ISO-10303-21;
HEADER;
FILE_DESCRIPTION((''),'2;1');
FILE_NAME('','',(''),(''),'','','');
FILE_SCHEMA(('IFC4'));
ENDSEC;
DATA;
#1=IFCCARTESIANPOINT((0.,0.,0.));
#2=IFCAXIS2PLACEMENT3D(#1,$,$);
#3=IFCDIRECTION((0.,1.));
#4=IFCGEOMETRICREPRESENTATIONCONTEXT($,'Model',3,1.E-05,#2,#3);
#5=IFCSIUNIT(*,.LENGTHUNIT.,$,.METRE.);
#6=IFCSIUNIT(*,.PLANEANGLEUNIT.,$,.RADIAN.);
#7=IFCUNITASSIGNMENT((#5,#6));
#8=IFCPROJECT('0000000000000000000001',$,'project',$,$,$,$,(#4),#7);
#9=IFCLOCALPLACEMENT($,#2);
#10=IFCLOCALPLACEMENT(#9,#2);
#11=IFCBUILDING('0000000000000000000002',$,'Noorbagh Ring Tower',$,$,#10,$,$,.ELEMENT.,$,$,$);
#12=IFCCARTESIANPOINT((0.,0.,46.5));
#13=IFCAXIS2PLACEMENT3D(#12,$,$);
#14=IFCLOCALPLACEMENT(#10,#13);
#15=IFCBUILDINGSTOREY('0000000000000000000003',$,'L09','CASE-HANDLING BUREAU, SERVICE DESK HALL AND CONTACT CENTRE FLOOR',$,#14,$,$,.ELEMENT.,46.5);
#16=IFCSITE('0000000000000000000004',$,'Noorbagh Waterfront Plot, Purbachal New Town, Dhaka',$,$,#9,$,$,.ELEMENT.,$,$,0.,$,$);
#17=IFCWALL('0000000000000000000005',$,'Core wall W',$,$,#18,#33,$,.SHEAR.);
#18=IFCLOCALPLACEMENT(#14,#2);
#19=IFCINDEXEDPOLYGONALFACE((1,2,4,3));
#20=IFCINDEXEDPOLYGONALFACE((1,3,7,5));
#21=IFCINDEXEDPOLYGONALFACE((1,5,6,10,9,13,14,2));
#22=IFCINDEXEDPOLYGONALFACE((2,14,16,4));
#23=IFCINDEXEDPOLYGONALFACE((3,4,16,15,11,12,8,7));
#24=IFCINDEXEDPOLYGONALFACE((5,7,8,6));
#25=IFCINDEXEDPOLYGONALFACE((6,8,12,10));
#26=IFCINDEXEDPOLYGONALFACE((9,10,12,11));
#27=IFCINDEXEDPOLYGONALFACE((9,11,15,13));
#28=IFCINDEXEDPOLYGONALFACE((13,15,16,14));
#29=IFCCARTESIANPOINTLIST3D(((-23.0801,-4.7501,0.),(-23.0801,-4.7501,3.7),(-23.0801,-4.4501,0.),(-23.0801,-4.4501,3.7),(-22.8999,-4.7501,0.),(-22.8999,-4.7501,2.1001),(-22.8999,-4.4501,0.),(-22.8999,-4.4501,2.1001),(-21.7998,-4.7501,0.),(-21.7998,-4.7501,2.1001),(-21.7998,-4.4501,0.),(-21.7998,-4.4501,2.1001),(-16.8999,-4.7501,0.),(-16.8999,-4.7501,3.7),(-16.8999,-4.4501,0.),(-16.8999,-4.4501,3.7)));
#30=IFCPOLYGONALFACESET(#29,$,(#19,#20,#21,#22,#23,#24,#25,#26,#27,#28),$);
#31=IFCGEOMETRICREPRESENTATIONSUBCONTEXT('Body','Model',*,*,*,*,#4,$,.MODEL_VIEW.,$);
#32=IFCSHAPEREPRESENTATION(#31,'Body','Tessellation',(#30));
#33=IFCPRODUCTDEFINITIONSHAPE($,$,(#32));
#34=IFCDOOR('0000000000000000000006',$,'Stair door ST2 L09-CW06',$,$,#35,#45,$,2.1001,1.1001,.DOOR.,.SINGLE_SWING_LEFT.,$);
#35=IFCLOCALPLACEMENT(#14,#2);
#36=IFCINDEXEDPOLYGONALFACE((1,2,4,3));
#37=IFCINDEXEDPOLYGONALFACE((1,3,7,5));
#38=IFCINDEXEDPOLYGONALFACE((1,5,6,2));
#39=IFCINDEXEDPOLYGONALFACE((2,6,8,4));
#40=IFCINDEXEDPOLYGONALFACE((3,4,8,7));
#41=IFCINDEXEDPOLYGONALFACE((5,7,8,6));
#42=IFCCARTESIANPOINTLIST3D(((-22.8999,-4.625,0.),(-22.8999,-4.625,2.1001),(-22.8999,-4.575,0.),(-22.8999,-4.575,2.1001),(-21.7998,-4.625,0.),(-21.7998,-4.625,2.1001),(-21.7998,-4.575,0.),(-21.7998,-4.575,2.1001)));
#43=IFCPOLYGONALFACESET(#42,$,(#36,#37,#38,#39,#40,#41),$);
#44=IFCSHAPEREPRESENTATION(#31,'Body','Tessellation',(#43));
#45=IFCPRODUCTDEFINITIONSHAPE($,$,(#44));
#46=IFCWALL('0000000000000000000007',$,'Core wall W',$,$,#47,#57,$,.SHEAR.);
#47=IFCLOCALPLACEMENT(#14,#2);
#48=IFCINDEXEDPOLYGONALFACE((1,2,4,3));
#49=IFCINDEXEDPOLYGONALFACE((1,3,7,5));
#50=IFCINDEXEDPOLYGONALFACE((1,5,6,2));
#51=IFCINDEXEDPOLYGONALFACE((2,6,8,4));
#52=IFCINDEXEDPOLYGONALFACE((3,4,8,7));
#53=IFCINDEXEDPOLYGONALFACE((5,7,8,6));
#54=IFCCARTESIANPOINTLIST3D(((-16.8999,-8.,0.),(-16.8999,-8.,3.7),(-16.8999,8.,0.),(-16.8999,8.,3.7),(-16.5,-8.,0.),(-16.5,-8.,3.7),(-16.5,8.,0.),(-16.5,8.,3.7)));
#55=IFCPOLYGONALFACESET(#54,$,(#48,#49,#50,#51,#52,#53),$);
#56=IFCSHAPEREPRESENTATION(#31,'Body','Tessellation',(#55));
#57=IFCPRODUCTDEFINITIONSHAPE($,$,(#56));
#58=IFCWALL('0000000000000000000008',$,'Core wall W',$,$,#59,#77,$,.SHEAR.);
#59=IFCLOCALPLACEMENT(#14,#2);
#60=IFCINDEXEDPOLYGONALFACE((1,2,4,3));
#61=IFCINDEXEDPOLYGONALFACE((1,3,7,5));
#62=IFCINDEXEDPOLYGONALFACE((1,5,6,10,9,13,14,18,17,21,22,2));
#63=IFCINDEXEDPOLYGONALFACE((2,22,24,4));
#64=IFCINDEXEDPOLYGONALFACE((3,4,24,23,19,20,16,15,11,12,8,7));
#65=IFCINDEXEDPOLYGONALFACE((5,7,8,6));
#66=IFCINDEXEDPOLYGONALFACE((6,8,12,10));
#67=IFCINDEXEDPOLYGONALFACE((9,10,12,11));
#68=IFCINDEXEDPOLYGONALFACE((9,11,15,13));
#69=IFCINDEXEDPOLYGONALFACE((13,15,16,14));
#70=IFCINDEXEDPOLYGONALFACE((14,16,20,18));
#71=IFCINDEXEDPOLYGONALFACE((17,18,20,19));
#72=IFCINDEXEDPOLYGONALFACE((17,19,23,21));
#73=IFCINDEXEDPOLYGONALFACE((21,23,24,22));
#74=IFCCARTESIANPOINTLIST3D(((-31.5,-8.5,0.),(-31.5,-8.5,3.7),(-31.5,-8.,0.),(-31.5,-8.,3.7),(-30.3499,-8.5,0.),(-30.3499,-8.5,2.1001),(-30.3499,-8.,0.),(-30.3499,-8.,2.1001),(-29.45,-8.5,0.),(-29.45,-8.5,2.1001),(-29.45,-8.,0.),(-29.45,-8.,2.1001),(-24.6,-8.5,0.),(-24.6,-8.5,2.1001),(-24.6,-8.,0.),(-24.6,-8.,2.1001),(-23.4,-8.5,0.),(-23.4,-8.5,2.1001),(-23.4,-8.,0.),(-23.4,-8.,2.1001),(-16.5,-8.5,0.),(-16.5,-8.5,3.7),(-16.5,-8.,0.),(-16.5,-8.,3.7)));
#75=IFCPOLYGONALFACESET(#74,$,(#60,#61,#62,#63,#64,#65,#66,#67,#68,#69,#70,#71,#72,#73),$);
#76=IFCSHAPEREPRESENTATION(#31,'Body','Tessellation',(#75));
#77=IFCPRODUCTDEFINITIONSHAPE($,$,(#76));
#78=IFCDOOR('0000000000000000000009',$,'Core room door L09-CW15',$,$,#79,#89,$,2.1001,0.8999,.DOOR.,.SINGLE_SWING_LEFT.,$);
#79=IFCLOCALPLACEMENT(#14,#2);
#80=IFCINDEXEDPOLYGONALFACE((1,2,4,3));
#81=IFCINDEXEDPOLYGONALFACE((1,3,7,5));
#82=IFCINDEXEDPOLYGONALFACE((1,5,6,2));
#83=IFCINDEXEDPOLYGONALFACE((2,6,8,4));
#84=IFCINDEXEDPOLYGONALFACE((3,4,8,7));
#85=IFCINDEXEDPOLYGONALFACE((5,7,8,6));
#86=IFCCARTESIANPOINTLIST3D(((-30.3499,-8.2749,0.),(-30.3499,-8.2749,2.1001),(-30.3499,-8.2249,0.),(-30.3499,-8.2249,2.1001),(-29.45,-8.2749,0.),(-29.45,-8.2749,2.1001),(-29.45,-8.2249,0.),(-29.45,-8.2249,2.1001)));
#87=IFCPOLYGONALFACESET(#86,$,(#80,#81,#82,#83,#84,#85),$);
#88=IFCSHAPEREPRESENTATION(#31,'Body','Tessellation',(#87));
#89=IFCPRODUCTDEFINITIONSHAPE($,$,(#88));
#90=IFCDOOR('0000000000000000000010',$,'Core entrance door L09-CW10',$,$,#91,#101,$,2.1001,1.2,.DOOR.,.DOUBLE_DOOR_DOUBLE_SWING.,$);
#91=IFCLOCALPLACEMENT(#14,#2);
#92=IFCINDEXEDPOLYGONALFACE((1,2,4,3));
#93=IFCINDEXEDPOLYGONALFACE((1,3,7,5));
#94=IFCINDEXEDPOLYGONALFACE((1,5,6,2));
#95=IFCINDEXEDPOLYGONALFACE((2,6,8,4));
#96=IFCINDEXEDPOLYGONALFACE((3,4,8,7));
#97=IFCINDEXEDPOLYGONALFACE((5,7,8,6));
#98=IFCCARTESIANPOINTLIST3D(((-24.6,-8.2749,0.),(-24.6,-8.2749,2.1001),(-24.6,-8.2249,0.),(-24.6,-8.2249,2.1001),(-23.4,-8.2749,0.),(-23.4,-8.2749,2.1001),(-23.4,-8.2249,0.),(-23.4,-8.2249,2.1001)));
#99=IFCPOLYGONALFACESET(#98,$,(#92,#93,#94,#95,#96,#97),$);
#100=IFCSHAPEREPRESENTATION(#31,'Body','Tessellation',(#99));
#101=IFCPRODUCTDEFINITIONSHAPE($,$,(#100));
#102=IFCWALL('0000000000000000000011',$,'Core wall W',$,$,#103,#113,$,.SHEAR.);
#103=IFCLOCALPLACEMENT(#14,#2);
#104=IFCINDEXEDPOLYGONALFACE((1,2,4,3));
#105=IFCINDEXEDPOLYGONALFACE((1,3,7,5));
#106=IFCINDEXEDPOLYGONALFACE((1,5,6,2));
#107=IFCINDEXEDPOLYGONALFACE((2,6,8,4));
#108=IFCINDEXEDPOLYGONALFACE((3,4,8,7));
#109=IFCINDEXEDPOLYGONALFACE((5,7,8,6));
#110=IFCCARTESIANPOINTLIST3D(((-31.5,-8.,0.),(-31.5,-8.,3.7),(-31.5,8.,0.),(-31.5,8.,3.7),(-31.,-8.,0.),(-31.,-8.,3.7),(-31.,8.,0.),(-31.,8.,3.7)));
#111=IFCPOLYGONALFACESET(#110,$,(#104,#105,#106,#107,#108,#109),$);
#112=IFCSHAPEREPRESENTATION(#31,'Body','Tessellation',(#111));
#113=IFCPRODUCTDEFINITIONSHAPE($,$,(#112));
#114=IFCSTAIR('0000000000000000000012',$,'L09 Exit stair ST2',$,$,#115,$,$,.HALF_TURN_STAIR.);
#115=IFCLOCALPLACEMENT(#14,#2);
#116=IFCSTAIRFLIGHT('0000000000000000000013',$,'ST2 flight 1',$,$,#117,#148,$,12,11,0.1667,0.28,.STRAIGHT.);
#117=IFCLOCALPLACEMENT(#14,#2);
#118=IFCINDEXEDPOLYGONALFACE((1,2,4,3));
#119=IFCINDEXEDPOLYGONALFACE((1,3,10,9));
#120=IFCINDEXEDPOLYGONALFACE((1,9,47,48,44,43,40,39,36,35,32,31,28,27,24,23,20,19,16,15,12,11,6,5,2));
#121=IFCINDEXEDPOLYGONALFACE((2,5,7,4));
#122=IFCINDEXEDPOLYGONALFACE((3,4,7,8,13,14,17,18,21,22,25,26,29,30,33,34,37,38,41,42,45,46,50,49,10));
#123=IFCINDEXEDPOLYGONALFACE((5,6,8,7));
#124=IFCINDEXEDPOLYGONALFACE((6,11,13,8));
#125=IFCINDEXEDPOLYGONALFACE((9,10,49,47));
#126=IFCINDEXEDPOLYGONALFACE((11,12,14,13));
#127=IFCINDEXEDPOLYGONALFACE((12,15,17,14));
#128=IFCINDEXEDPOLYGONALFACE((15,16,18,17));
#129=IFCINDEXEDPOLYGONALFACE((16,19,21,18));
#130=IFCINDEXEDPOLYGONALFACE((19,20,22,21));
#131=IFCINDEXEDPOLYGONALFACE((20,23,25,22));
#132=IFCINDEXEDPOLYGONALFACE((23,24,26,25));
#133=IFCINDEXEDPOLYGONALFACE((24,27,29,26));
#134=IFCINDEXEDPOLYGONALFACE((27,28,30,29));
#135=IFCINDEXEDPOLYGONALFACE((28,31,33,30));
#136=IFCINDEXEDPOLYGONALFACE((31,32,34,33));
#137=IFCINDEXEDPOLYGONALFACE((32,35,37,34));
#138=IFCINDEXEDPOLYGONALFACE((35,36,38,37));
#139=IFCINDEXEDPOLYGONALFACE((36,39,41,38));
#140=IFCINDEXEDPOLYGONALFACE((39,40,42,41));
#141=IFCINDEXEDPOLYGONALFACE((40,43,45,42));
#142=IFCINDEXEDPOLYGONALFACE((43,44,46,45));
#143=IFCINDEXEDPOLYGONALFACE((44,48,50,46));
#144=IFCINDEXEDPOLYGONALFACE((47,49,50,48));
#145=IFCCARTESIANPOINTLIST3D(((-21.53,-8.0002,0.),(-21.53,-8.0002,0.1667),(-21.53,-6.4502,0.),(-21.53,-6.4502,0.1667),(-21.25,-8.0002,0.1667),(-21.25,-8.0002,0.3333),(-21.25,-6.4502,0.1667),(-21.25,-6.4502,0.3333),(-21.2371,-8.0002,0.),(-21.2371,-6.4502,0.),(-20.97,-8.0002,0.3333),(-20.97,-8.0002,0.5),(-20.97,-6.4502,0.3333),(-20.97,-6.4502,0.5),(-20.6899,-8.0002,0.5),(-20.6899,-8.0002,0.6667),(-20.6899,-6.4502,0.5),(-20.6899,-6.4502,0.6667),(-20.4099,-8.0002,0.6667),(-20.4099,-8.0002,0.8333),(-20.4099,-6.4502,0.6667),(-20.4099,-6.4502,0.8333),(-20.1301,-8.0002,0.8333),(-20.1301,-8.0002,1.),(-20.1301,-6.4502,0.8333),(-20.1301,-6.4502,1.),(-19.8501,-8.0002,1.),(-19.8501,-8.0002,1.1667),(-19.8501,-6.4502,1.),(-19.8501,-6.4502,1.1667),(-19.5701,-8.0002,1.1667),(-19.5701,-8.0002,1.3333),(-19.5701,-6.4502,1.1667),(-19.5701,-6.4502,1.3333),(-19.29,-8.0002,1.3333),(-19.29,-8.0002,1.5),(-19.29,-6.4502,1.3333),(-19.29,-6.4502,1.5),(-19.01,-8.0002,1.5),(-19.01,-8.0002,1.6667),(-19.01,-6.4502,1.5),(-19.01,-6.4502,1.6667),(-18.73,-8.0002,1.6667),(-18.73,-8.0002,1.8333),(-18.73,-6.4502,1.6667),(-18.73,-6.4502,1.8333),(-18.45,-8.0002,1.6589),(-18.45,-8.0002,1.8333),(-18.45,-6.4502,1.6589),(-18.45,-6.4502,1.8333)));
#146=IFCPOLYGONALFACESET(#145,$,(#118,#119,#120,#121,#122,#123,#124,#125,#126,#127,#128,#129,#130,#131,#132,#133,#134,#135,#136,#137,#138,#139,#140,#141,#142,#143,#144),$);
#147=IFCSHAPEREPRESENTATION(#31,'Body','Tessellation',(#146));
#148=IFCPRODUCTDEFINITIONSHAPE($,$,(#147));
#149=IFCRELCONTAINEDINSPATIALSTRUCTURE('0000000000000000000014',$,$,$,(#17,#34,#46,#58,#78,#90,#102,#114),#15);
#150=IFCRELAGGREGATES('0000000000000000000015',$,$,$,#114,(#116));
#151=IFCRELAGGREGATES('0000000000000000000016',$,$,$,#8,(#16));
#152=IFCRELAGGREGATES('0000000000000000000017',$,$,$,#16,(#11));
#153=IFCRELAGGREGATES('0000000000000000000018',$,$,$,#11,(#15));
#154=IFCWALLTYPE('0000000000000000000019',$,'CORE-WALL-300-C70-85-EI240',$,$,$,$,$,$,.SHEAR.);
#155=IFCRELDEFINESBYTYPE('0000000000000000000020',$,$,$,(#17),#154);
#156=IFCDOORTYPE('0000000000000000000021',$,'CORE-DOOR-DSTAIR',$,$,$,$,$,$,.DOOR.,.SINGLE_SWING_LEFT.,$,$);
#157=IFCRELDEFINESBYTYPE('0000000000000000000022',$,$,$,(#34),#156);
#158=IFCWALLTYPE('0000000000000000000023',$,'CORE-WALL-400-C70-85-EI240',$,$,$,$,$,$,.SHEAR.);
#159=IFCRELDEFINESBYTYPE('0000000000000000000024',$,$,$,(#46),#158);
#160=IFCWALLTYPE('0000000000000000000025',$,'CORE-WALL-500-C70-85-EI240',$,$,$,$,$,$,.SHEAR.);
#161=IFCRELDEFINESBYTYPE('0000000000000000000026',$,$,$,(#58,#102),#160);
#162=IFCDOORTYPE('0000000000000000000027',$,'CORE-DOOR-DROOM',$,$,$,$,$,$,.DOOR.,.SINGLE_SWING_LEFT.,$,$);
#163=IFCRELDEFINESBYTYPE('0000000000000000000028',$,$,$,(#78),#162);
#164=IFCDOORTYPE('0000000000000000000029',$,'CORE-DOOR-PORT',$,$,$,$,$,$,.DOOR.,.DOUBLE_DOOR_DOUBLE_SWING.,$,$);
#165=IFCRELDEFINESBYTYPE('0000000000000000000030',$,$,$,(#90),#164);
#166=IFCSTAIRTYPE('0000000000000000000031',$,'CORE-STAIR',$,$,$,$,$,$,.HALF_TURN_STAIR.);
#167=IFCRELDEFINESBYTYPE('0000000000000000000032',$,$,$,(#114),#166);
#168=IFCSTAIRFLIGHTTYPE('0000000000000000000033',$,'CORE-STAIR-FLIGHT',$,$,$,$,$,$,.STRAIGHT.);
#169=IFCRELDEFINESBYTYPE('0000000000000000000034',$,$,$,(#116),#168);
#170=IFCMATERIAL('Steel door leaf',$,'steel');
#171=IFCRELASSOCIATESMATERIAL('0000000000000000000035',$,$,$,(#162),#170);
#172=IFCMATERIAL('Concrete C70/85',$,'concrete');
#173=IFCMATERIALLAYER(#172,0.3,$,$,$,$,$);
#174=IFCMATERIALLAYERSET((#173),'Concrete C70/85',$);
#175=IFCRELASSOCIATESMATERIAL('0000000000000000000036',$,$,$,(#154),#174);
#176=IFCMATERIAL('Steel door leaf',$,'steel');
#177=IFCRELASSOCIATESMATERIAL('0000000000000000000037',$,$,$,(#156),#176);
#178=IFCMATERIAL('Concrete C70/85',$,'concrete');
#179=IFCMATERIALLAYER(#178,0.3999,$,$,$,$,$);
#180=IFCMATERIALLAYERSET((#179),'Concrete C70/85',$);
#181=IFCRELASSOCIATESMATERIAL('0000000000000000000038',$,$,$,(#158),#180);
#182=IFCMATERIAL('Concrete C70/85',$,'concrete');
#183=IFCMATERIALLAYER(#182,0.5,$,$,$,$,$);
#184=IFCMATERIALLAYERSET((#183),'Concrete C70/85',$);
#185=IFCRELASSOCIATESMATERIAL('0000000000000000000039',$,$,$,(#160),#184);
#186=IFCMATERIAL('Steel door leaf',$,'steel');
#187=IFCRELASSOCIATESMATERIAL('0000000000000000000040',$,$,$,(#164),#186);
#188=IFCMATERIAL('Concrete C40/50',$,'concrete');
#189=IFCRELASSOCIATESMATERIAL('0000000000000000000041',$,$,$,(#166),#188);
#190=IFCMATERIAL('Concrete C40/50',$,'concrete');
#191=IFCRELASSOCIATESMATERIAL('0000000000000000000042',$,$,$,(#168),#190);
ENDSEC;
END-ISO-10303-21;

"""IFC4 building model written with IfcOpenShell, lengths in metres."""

from ifc_helpers import new_model, si_unit, direction, frame, frame_2d, origin, place, context, subcontext, project, spatial, polyline, rectangle, outline, extrude, material, layer, layer_set, type_object, element, fill, aggregate, save


model = new_model("IFC4")

# Units and contexts
model_context = context("Model", 3, precision=1e-05, world=origin(), true_north=direction((0.0, 1.0)))
body_context = subcontext(model_context, "Body", "Model", "MODEL_VIEW")
ifc_project = project(units=[si_unit("LENGTHUNIT", "METRE"), si_unit("PLANEANGLEUNIT", "RADIAN")], contexts=[model_context])

# Site, building, storey
site_placement = place(None, origin())
site = spatial("IfcSite", under=ifc_project, at=site_placement, Name="Noorbagh Waterfront Plot, Purbachal New Town, Dhaka", CompositionType="ELEMENT", RefElevation=0.0)
building_placement = place(site_placement, origin())
building = spatial("IfcBuilding", under=site, at=building_placement, Name="Noorbagh Ring Tower", CompositionType="ELEMENT")
storey_placement = place(building_placement, frame((0.0, 0.0, 46.5)))
storey = spatial("IfcBuildingStorey", under=building, at=storey_placement, Name="L09", Description="CASE-HANDLING BUREAU, SERVICE DESK HALL AND CONTACT CENTRE FLOOR", CompositionType="ELEMENT", Elevation=46.5)

# Shared definitions
ifc_material_1 = material(Name="Steel door leaf", Category="steel")
door_type_1 = type_object("IfcDoorType", Name="CORE-DOOR-DROOM", OperationType="SINGLE_SWING_LEFT", PredefinedType="DOOR", material=ifc_material_1)

# Shared definitions
ifc_material_2 = material(Name="Concrete C70/85", Category="concrete")
ifc_layer_1 = layer(ifc_material_2, 0.3)
ifc_layer_set_1 = layer_set([ifc_layer_1], Name="Concrete C70/85")
wall_type_1 = type_object("IfcWallType", Name="CORE-WALL-300-C70-85-EI240", PredefinedType="SHEAR", material=ifc_layer_set_1)

# Wall, opening, door
wall_1_placement = place(storey_placement, frame((-16.8999, -4.6001, 0.0), z_axis=(0.0, 0.0, 1.0), x_axis=(-1.0, 0.0, 0.0)))
wall_1 = element("IfcWall", 1, at=wall_1_placement, inside=storey, type_object=wall_type_1, Name="Core wall W", PredefinedType="SHEAR", context=body_context, shape_type="SweptSolid", body=[
    extrude(rectangle(XDim=6.1802, YDim=0.3, at=frame_2d((3.0901, 0.0))), origin(), (0.0, 0.0, 1.0), 3.7),
])
opening_1_placement = place(wall_1_placement, frame((4.8999, 0.0, 0.0)))
opening_1 = element("IfcOpeningElement", 2, at=opening_1_placement, cuts=wall_1, PredefinedType="OPENING", context=body_context, shape_type="SweptSolid", body=[
    extrude(rectangle(XDim=1.1001, YDim=2.1001, at=frame_2d((0.55, 1.05))), frame((0.0, 0.1602, 0.0), z_axis=(0.0, -1.0, 0.0), x_axis=(1.0, 0.0, 0.0)), (0.0, 0.0, 1.0), 0.3201),
])
ifc_material_3 = material(Name="Steel door leaf", Category="steel")
door_type_2 = type_object("IfcDoorType", Name="CORE-DOOR-DSTAIR", OperationType="SINGLE_SWING_LEFT", PredefinedType="DOOR", material=ifc_material_3)
door_1_placement = place(opening_1_placement, origin())
door_1 = element("IfcDoor", 3, at=door_1_placement, inside=storey, type_object=door_type_2, Name="Stair door ST2 L09-CW06", OperationType="SINGLE_SWING_LEFT", OverallHeight=2.1001, OverallWidth=1.1001, PredefinedType="DOOR", context=body_context, shape_type="SweptSolid", body=[
    extrude(rectangle(XDim=1.1001, YDim=2.1001, at=frame_2d((0.55, 1.05))), frame((0.0, 0.0249, 0.0), z_axis=(0.0, -1.0, 0.0), x_axis=(1.0, 0.0, 0.0)), (0.0, 0.0, 1.0), 0.05),
])
fill(opening_1, door_1)

# Wall
ifc_material_4 = material(Name="Concrete C70/85", Category="concrete")
ifc_layer_2 = layer(ifc_material_4, 0.3999)
ifc_layer_set_2 = layer_set([ifc_layer_2], Name="Concrete C70/85")
wall_type_2 = type_object("IfcWallType", Name="CORE-WALL-400-C70-85-EI240", PredefinedType="SHEAR", material=ifc_layer_set_2)
wall_2_placement = place(storey_placement, frame((-16.7, -8.0, 0.0), z_axis=(0.0, 0.0, 1.0), x_axis=(0.0, 1.0, 0.0)))
element("IfcWall", 4, at=wall_2_placement, inside=storey, type_object=wall_type_2, Name="Core wall W", PredefinedType="SHEAR", context=body_context, shape_type="SweptSolid", body=[
    extrude(rectangle(XDim=16.0, YDim=0.3999, at=frame_2d((8.0, 0.0))), origin(), (0.0, 0.0, 1.0), 3.7),
])

# Wall, openings, doors
ifc_material_5 = material(Name="Concrete C70/85", Category="concrete")
ifc_layer_3 = layer(ifc_material_5, 0.5)
ifc_layer_set_3 = layer_set([ifc_layer_3], Name="Concrete C70/85")
wall_type_3 = type_object("IfcWallType", Name="CORE-WALL-500-C70-85-EI240", PredefinedType="SHEAR", material=ifc_layer_set_3)
wall_3_placement = place(storey_placement, frame((-16.5, -8.25, 0.0), z_axis=(0.0, 0.0, 1.0), x_axis=(-1.0, 0.0, 0.0)))
wall_3 = element("IfcWall", 5, at=wall_3_placement, inside=storey, type_object=wall_type_3, Name="Core wall W", PredefinedType="SHEAR", context=body_context, shape_type="SweptSolid", body=[
    extrude(rectangle(XDim=15.0, YDim=0.5, at=frame_2d((7.5, 0.0))), origin(), (0.0, 0.0, 1.0), 3.7),
])
opening_2_placement = place(wall_3_placement, frame((6.8999, 0.0, 0.0)))
opening_2 = element("IfcOpeningElement", 6, at=opening_2_placement, cuts=wall_3, PredefinedType="OPENING", context=body_context, shape_type="SweptSolid", body=[
    extrude(rectangle(XDim=1.2, YDim=2.1001, at=frame_2d((0.6001, 1.05))), frame((0.0, 0.26, 0.0), z_axis=(0.0, -1.0, 0.0), x_axis=(1.0, 0.0, 0.0)), (0.0, 0.0, 1.0), 0.52),
])
opening_3_placement = place(wall_3_placement, frame((12.95, 0.0, 0.0)))
opening_3 = element("IfcOpeningElement", 7, at=opening_3_placement, cuts=wall_3, PredefinedType="OPENING", context=body_context, shape_type="SweptSolid", body=[
    extrude(rectangle(XDim=0.8999, YDim=2.1001, at=frame_2d((0.45, 1.05))), frame((0.0, 0.26, 0.0), z_axis=(0.0, -1.0, 0.0), x_axis=(1.0, 0.0, 0.0)), (0.0, 0.0, 1.0), 0.52),
])
door_2_placement = place(opening_3_placement, origin())
door_2 = element("IfcDoor", 8, at=door_2_placement, inside=storey, type_object=door_type_1, Name="Core room door L09-CW15", OperationType="SINGLE_SWING_LEFT", OverallHeight=2.1001, OverallWidth=0.8999, PredefinedType="DOOR", context=body_context, shape_type="SweptSolid", body=[
    extrude(rectangle(XDim=0.8999, YDim=2.1001, at=frame_2d((0.45, 1.05))), frame((0.0, 0.0249, 0.0), z_axis=(0.0, -1.0, 0.0), x_axis=(1.0, 0.0, 0.0)), (0.0, 0.0, 1.0), 0.05),
])
fill(opening_3, door_2)
ifc_material_6 = material(Name="Steel door leaf", Category="steel")
door_type_3 = type_object("IfcDoorType", Name="CORE-DOOR-PORT", OperationType="DOUBLE_DOOR_DOUBLE_SWING", PredefinedType="DOOR", material=ifc_material_6)
door_3_placement = place(opening_2_placement, origin())
door_3 = element("IfcDoor", 9, at=door_3_placement, inside=storey, type_object=door_type_3, Name="Core entrance door L09-CW10", OperationType="DOUBLE_DOOR_DOUBLE_SWING", OverallHeight=2.1001, OverallWidth=1.2, PredefinedType="DOOR", context=body_context, shape_type="SweptSolid", body=[
    extrude(rectangle(XDim=1.2, YDim=2.1001, at=frame_2d((0.6001, 1.05))), frame((0.0, 0.0249, 0.0), z_axis=(0.0, -1.0, 0.0), x_axis=(1.0, 0.0, 0.0)), (0.0, 0.0, 1.0), 0.05),
])
fill(opening_2, door_3)

# Wall
wall_4_placement = place(storey_placement, frame((-31.25, -8.0, 0.0), z_axis=(0.0, 0.0, 1.0), x_axis=(0.0, 1.0, 0.0)))
element("IfcWall", 10, at=wall_4_placement, inside=storey, type_object=wall_type_3, Name="Core wall W", PredefinedType="SHEAR", context=body_context, shape_type="SweptSolid", body=[
    extrude(rectangle(XDim=16.0, YDim=0.5, at=frame_2d((8.0, 0.0))), origin(), (0.0, 0.0, 1.0), 3.7),
])

# Stair, stair flight
ifc_material_7 = material(Name="Concrete C40/50", Category="concrete")
stair_type = type_object("IfcStairType", Name="CORE-STAIR", PredefinedType="HALF_TURN_STAIR", material=ifc_material_7)
stair_placement = place(storey_placement, origin())
stair = element("IfcStair", 11, at=stair_placement, inside=storey, type_object=stair_type, Name="L09 Exit stair ST2", PredefinedType="HALF_TURN_STAIR")
ifc_material_8 = material(Name="Concrete C40/50", Category="concrete")
stair_flight_type = type_object("IfcStairFlightType", Name="CORE-STAIR-FLIGHT", PredefinedType="STRAIGHT", material=ifc_material_8)
stair_flight_1_placement = place(storey_placement, frame((-21.53, -7.2251, 0.0), z_axis=(0.0, 0.0, 1.0), x_axis=(1.0, 0.0, 0.0)))
stair_flight_1 = element("IfcStairFlight", 12, at=stair_flight_1_placement, type_object=stair_flight_type, Name="ST2 flight 1", NumberOfRisers=12, NumberOfTreads=11, PredefinedType="STRAIGHT", RiserHeight=0.1667, TreadLength=0.28, context=body_context, shape_type="SweptSolid", body=[
    extrude(outline(polyline([(0.0, 0.0), (0.0, 0.1667), (0.28, 0.1667), (0.28, 0.3333), (0.5601, 0.3333), (0.5601, 0.5), (0.8401, 0.5), (0.8401, 0.6667), (1.1201, 0.6667), (1.1201, 0.8333), (1.3999, 0.8333), (1.3999, 1.0), (1.6799, 1.0), (1.6799, 1.1667), (1.96, 1.1667), (1.96, 1.3333), (2.24, 1.3333), (2.24, 1.5), (2.52, 1.5), (2.52, 1.6667), (2.8, 1.6667), (2.8, 1.8333), (3.0801, 1.8333), (3.0801, 2.0), (3.0801, 1.6589), (0.293, 0.0), (0.0, 0.0)])), frame((0.0, 0.7749, 0.0), z_axis=(0.0, -1.0, 0.0), x_axis=(1.0, 0.0, 0.0)), (0.0, 0.0, 1.0), 1.55),
])
aggregate(stair, [stair_flight_1])

save(model, "model.ifc")
